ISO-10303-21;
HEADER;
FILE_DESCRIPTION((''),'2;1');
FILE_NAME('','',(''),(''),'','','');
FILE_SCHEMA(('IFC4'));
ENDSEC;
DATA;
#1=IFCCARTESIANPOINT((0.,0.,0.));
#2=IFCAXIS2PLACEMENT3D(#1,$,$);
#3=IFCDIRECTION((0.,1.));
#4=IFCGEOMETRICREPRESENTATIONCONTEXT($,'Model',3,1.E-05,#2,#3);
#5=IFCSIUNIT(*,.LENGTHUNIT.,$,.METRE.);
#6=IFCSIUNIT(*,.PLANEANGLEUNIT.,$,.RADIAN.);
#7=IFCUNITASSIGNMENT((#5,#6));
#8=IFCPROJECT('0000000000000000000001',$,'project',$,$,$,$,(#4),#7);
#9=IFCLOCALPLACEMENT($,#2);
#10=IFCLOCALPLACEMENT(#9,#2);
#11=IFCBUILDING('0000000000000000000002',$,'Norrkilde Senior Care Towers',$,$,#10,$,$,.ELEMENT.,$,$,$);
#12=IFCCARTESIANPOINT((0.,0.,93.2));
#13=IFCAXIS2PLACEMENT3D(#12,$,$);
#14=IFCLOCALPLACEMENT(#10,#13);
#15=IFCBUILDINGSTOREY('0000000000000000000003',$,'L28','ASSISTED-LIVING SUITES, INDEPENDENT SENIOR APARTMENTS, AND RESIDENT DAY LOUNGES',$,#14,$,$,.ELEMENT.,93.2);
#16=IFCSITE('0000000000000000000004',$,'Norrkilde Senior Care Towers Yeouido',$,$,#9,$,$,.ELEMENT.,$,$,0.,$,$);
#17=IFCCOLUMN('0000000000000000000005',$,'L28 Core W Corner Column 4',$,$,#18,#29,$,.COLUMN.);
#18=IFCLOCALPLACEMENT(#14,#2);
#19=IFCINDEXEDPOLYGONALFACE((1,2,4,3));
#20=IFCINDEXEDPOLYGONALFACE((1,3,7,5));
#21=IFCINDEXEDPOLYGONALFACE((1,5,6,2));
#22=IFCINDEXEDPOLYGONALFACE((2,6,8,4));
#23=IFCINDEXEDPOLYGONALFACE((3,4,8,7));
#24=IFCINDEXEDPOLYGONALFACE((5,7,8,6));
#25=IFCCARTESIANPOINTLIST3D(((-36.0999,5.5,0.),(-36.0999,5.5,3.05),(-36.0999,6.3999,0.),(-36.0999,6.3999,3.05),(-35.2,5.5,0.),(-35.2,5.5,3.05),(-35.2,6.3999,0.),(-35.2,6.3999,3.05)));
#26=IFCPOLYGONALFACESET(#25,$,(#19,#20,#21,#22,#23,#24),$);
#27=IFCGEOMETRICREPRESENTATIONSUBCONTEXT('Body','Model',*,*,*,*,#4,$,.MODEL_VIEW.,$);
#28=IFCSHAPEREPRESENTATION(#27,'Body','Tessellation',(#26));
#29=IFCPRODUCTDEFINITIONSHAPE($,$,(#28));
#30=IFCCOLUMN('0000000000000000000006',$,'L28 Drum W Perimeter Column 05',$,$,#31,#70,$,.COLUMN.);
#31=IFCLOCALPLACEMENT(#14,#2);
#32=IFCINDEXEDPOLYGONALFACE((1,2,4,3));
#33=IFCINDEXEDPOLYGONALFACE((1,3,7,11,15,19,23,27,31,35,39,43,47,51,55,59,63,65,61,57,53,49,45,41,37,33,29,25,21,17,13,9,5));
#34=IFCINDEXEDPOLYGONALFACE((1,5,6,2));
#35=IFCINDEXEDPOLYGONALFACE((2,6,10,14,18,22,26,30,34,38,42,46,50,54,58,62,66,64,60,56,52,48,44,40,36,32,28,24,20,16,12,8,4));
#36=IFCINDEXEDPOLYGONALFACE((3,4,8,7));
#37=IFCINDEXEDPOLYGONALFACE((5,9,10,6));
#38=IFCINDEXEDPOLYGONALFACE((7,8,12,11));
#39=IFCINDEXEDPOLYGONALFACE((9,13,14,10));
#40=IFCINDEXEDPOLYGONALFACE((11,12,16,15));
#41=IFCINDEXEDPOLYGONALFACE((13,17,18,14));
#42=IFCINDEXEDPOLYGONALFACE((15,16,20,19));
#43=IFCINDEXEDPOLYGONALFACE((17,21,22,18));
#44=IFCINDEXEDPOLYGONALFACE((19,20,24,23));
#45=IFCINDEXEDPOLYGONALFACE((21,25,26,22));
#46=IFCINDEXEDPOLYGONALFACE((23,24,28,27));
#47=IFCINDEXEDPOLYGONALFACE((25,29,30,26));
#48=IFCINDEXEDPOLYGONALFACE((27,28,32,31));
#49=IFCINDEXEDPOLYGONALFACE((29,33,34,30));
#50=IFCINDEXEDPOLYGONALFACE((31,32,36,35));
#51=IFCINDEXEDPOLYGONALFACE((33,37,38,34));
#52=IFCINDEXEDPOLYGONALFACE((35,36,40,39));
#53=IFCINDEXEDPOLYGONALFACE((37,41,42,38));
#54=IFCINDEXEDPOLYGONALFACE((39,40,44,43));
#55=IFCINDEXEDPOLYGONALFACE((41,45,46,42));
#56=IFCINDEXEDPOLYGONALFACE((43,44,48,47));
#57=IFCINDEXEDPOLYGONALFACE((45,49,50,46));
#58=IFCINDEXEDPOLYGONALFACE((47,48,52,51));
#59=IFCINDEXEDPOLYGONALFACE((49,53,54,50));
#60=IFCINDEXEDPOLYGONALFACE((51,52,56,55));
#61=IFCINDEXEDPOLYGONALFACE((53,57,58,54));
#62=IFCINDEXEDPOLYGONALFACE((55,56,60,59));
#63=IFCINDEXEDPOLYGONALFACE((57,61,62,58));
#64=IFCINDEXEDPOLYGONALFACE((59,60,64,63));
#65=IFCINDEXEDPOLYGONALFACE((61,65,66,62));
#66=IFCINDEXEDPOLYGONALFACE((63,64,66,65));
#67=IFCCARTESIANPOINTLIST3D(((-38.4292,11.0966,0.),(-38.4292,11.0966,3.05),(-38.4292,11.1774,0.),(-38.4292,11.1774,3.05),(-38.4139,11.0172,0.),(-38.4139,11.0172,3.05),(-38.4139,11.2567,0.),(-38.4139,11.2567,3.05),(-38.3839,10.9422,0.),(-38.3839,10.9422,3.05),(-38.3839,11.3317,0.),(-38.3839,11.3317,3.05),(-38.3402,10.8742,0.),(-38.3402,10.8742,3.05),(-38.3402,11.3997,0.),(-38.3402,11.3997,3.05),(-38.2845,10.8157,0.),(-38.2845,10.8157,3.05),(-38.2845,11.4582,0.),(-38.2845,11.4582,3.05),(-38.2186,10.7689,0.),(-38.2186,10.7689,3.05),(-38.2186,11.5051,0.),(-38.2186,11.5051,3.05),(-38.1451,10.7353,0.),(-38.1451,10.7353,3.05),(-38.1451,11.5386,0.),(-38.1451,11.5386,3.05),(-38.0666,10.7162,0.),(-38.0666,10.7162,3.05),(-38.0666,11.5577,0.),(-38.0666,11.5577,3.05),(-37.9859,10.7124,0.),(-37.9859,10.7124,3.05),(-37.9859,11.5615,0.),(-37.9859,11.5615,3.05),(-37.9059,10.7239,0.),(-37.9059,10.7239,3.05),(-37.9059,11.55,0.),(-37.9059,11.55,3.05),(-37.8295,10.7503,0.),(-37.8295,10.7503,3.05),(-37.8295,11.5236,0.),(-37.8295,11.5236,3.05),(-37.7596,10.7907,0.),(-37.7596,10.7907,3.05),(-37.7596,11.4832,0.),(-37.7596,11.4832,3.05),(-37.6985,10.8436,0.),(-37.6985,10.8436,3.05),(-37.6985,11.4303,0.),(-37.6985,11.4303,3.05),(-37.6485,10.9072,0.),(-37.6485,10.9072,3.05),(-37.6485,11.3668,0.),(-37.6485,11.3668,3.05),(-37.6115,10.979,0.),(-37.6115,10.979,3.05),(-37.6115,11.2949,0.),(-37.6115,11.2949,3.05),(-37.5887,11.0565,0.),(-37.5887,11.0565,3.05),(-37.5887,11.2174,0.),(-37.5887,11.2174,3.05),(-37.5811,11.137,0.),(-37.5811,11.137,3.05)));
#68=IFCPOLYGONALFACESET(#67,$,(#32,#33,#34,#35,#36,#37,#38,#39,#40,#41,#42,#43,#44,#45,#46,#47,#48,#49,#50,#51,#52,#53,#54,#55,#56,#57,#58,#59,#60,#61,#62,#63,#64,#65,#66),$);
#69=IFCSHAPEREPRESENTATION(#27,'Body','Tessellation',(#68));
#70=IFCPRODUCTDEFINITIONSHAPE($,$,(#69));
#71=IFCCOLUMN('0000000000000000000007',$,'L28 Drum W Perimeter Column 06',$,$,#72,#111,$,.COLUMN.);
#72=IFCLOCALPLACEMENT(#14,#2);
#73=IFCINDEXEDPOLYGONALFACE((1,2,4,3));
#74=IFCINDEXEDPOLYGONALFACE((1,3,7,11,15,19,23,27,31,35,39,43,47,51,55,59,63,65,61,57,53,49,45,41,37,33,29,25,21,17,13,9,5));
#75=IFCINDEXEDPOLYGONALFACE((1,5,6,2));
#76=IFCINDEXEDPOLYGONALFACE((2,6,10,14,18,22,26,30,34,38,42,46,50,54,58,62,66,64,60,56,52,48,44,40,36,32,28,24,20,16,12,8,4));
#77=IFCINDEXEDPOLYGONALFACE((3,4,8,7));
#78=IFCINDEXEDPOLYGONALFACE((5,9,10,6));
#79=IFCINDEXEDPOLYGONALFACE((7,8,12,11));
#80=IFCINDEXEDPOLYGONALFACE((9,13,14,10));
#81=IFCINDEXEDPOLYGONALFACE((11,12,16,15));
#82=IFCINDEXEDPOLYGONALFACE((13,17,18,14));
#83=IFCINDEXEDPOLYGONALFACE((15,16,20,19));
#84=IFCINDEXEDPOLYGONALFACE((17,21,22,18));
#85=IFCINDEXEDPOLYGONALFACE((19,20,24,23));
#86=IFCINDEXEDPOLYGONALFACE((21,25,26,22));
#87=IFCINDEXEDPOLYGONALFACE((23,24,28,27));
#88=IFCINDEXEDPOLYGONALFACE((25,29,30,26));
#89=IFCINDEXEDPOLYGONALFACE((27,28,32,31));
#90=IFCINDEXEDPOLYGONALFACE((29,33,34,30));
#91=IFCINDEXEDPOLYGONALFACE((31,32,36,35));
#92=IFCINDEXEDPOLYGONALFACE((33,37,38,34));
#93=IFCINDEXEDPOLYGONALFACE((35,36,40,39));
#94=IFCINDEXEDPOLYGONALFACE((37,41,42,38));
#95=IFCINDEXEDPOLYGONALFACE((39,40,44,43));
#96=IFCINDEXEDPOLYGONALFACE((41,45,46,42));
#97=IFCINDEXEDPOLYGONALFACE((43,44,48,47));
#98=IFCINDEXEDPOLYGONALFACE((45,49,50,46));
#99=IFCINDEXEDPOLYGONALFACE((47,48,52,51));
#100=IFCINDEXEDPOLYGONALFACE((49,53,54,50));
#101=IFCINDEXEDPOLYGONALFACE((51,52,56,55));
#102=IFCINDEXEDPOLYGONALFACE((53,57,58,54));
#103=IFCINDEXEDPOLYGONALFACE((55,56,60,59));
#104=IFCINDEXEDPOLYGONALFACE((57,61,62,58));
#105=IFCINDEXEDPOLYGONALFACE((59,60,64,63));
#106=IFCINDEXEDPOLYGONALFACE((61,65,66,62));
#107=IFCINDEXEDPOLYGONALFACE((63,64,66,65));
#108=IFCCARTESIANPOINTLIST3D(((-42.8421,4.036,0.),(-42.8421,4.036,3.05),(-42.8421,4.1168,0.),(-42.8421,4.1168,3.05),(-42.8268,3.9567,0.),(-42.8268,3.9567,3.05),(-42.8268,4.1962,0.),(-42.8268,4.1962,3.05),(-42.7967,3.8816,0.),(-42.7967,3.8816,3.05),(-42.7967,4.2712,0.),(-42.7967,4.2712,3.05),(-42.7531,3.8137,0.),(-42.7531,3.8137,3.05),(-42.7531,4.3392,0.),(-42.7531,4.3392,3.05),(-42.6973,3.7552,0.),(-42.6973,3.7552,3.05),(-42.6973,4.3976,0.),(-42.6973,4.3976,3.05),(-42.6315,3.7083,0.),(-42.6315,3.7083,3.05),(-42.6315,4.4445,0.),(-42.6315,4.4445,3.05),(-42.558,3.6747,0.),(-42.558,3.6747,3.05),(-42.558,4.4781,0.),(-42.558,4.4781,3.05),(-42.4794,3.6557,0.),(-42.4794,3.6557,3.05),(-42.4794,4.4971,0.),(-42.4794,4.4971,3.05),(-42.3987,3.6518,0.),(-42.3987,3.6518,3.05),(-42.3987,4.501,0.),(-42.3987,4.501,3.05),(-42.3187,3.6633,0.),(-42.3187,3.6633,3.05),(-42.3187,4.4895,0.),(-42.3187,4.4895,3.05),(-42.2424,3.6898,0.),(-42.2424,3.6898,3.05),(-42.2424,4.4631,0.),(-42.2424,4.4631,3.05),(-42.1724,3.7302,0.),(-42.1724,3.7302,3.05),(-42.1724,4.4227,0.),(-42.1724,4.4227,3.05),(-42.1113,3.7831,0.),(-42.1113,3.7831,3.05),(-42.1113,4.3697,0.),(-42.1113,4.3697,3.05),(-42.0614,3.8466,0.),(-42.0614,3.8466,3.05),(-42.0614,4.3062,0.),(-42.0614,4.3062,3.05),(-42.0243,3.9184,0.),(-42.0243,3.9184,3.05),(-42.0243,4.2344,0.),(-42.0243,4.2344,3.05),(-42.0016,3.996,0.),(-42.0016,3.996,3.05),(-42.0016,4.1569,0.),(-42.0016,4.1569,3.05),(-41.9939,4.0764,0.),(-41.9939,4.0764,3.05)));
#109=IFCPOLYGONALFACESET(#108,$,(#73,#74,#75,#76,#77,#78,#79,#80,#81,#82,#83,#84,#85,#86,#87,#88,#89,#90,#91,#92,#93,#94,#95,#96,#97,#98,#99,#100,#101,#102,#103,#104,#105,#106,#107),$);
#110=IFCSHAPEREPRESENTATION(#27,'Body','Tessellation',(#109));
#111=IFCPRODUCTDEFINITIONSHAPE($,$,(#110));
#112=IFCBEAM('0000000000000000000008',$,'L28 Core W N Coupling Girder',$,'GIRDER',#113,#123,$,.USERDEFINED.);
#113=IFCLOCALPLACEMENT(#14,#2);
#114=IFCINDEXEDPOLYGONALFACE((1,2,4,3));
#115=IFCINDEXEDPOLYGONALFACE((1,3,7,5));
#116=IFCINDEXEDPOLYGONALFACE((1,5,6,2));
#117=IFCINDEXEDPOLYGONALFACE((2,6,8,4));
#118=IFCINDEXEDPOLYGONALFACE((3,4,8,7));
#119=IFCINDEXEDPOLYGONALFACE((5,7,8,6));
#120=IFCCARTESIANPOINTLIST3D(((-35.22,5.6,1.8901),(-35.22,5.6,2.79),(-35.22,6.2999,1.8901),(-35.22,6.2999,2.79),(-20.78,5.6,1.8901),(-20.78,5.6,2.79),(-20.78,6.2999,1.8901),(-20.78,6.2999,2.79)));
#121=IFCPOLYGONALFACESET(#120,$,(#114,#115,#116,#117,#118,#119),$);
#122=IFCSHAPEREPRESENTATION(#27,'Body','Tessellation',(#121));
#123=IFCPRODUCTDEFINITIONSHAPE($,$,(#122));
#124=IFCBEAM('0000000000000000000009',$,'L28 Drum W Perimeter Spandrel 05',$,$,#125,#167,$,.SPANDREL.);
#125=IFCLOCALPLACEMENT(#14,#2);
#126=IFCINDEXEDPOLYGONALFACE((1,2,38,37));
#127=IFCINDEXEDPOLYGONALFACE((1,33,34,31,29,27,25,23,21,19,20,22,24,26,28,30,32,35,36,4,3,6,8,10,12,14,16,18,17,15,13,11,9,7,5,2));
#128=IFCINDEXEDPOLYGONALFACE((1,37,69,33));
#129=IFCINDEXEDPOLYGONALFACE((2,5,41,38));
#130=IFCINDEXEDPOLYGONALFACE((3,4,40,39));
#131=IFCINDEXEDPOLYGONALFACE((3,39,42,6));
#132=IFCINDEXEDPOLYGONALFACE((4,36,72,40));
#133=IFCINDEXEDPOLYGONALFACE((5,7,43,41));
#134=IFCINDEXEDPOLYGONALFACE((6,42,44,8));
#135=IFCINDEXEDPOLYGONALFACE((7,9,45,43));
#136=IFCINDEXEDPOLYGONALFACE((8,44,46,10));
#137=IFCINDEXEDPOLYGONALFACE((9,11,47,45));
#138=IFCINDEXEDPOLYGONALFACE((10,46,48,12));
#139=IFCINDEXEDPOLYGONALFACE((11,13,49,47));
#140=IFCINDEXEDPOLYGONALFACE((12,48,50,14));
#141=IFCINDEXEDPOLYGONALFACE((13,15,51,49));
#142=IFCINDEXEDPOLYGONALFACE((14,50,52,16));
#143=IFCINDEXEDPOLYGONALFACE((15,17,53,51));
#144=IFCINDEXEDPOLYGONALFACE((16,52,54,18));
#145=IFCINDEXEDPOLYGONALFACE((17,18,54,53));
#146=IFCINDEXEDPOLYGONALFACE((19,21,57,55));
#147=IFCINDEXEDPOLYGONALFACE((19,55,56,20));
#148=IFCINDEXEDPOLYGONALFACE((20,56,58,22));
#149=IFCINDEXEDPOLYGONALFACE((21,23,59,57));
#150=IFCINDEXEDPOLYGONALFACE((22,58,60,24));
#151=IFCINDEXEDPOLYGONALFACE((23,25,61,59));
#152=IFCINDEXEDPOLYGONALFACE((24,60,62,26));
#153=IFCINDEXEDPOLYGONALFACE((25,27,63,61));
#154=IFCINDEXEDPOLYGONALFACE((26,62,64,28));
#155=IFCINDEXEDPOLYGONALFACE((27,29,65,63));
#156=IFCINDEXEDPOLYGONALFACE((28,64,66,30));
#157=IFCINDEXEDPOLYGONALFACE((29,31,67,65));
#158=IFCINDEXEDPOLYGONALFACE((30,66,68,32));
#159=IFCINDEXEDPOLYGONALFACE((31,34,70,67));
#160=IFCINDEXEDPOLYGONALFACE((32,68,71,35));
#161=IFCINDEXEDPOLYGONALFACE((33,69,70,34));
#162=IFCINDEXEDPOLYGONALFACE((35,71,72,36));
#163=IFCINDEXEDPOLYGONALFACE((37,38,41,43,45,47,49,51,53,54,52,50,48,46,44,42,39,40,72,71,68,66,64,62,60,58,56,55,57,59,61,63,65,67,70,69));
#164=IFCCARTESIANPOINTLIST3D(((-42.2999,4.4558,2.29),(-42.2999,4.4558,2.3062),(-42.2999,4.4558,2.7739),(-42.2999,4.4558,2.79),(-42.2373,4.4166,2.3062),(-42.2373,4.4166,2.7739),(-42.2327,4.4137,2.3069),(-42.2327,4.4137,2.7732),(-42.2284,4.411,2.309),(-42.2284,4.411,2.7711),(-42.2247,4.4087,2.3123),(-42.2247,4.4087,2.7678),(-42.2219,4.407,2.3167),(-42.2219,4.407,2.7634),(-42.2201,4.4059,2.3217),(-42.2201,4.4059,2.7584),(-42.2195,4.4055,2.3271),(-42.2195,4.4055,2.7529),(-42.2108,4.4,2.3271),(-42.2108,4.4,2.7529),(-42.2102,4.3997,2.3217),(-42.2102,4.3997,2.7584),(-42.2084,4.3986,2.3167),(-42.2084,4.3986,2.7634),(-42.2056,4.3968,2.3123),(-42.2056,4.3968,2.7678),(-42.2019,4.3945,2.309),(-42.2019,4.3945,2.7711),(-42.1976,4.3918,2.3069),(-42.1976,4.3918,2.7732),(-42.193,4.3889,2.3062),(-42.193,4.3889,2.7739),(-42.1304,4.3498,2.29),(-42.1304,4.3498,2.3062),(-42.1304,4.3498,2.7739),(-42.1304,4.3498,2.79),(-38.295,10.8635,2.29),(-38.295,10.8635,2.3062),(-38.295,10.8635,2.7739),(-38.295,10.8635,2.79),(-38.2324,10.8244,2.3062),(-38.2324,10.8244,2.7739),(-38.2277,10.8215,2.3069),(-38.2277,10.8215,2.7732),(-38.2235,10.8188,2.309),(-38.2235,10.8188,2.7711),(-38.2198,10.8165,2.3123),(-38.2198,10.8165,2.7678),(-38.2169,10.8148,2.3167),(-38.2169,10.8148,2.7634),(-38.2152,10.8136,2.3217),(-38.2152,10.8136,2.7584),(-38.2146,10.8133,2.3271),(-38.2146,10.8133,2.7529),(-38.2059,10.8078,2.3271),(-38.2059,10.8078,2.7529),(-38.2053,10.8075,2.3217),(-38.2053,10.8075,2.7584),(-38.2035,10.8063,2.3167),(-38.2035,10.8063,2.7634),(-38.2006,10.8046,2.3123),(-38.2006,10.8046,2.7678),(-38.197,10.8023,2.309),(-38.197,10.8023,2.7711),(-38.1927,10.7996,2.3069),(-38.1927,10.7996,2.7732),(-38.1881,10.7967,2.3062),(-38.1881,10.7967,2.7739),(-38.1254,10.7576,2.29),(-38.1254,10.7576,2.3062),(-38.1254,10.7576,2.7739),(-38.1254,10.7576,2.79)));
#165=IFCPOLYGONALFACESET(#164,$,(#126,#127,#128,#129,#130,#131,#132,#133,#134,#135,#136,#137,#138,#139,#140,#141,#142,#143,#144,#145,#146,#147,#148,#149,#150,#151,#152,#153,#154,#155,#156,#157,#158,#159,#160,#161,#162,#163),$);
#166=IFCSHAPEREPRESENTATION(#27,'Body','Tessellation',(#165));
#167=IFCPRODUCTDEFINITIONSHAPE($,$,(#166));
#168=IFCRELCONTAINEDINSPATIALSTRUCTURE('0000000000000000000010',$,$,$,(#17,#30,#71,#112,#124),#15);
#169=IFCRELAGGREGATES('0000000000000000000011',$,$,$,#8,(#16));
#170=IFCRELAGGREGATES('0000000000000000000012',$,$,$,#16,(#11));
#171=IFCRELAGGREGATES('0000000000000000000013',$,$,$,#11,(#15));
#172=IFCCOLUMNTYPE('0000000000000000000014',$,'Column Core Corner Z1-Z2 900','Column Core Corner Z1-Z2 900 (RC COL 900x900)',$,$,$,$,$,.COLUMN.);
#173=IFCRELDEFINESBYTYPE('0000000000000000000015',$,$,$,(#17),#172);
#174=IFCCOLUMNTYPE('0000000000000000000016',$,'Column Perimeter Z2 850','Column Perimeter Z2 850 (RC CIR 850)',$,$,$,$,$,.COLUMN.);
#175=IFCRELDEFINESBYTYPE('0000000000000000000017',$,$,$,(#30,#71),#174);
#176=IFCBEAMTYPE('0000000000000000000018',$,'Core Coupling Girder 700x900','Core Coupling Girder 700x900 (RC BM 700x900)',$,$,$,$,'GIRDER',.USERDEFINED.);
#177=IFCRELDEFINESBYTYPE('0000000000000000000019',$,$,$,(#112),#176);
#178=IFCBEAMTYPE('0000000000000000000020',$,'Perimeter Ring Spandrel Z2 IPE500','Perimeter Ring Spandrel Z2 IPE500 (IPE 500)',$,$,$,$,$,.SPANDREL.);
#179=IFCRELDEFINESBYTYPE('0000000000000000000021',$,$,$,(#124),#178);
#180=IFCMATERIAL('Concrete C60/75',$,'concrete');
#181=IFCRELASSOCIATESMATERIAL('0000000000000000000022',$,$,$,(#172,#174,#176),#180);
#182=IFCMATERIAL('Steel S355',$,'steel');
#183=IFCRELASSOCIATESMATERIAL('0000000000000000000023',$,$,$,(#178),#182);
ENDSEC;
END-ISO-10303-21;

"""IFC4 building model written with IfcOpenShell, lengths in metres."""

from ifc_helpers import new_model, si_unit, direction, frame, origin, origin_2d, place, context, subcontext, project, spatial, rectangle, circle, i_section, extrude, source, transform, mapped, material, material_profile, profile_set, type_object, type_shapes, element, save


model = new_model("IFC4")

# Units and contexts
model_context = context("Model", 3, precision=1e-05, world=origin(), true_north=direction((0.0, 1.0)))
body_context = subcontext(model_context, "Body", "Model", "MODEL_VIEW")
ifc_project = project(units=[si_unit("LENGTHUNIT", "METRE"), si_unit("PLANEANGLEUNIT", "RADIAN")], contexts=[model_context])

# Site, building, storey
site_placement = place(None, origin())
site = spatial("IfcSite", under=ifc_project, at=site_placement, Name="Norrkilde Senior Care Towers Yeouido", CompositionType="ELEMENT", RefElevation=0.0)
building_placement = place(site_placement, origin())
building = spatial("IfcBuilding", under=site, at=building_placement, Name="Norrkilde Senior Care Towers", CompositionType="ELEMENT")
storey_placement = place(building_placement, frame((0.0, 0.0, 93.2)))
storey = spatial("IfcBuildingStorey", under=building, at=storey_placement, Name="L28", Description="ASSISTED-LIVING SUITES, INDEPENDENT SENIOR APARTMENTS, AND RESIDENT DAY LOUNGES", CompositionType="ELEMENT", Elevation=93.2)

# Columns
ifc_material_1 = material(Name="Concrete C60/75", Category="concrete")
ifc_material_profile_1 = material_profile(ifc_material_1, rectangle(XDim=0.8999, YDim=0.8999, at=origin_2d()), Name="RC COL 900x900")
ifc_profile_set_1 = profile_set([ifc_material_profile_1], Name="Concrete C60/75")
column_type_1 = type_object("IfcColumnType", Name="Column Core Corner Z1-Z2 900", Description="Column Core Corner Z1-Z2 900 (RC COL 900x900)", PredefinedType="COLUMN", material=ifc_profile_set_1)
shared_shape_1 = source(origin(), body_context, "Body", "SweptSolid", [
    extrude(rectangle(XDim=0.8999, YDim=0.8999, at=origin_2d()), origin(), (0.0, 0.0, 1.0), 3.05),
])
type_shapes(column_type_1, [shared_shape_1])
column_placement = place(storey_placement, frame((-35.6499, 5.95, 0.0), z_axis=(0.0, 0.0, 1.0), x_axis=(1.0, 0.0, 0.0)))
element("IfcColumn", 1, at=column_placement, inside=storey, type_object=column_type_1, Name="L28 Core W Corner Column 4", PredefinedType="COLUMN", context=body_context, shape_type="MappedRepresentation", body=[
    mapped(shared_shape_1, transform((0.0, 0.0, 0.0), x_axis=(1.0, 0.0, 0.0), y_axis=(0.0, 1.0, 0.0), z_axis=(0.0, 0.0, 1.0), scale=1.0)),
])
ifc_material_profile_2 = material_profile(ifc_material_1, circle(Radius=0.425, at=origin_2d()), Name="RC CIR 850")
ifc_profile_set_2 = profile_set([ifc_material_profile_2], Name="Concrete C60/75")
column_type_2 = type_object("IfcColumnType", Name="Column Perimeter Z2 850", Description="Column Perimeter Z2 850 (RC CIR 850)", PredefinedType="COLUMN", material=ifc_profile_set_2)
shared_shape_2 = source(origin(), body_context, "Body", "SweptSolid", [
    extrude(circle(Radius=0.425, at=origin_2d()), origin(), (0.0, 0.0, 1.0), 3.05),
])
type_shapes(column_type_2, [shared_shape_2])
for number, where, z_axis, x_axis, name in (
    (2, (-38.0061, 11.137, 0.0), (0.0, 0.0, 1.0), (1.0, 0.0, 0.0), "L28 Drum W Perimeter Column 05"),
    (3, (-42.4189, 4.0764, 0.0), (0.0, 0.0, 1.0), (1.0, 0.0, 0.0), "L28 Drum W Perimeter Column 06"),
):
    element("IfcColumn", number, at=place(storey_placement, frame(where, z_axis=z_axis, x_axis=x_axis)), inside=storey, type_object=column_type_2, Name=name, PredefinedType="COLUMN", context=body_context, shape_type="MappedRepresentation", body=[
        mapped(shared_shape_2, transform((0.0, 0.0, 0.0), x_axis=(1.0, 0.0, 0.0), y_axis=(0.0, 1.0, 0.0), z_axis=(0.0, 0.0, 1.0), scale=1.0)),
    ])

# Beams
ifc_material_profile_3 = material_profile(ifc_material_1, rectangle(XDim=0.7, YDim=0.8999, at=origin_2d()), Name="RC BM 700x900")
ifc_profile_set_3 = profile_set([ifc_material_profile_3], Name="Concrete C60/75")
beam_type_1 = type_object("IfcBeamType", Name="Core Coupling Girder 700x900", Description="Core Coupling Girder 700x900 (RC BM 700x900)", ElementType="GIRDER", PredefinedType="USERDEFINED", material=ifc_profile_set_3)
shared_shape_3 = source(origin(), body_context, "Body", "SweptSolid", [
    extrude(rectangle(XDim=0.7, YDim=0.8999, at=origin_2d()), origin(), (0.0, 0.0, 1.0), 14.4399),
])
type_shapes(beam_type_1, [shared_shape_3])
beam_1_placement = place(storey_placement, frame((-35.22, 5.95, 2.3401), z_axis=(1.0, 0.0, 0.0), x_axis=(0.0, 1.0, 0.0)))
element("IfcBeam", 4, at=beam_1_placement, inside=storey, type_object=beam_type_1, Name="L28 Core W N Coupling Girder", ObjectType="GIRDER", PredefinedType="USERDEFINED", context=body_context, shape_type="MappedRepresentation", body=[
    mapped(shared_shape_3, transform((0.0, 0.0, 0.0), x_axis=(1.0, 0.0, 0.0), y_axis=(0.0, 1.0, 0.0), z_axis=(0.0, 0.0, 1.0), scale=1.0)),
])
ifc_material_2 = material(Name="Steel S355", Category="steel")
ifc_material_profile_4 = material_profile(ifc_material_2, i_section(OverallWidth=0.2, OverallDepth=0.5, WebThickness=0.0103, FlangeThickness=0.0161, FilletRadius=0.021, at=origin_2d()), Name="IPE 500")
ifc_profile_set_4 = profile_set([ifc_material_profile_4], Name="Steel S355")
beam_type_2 = type_object("IfcBeamType", Name="Perimeter Ring Spandrel Z2 IPE500", Description="Perimeter Ring Spandrel Z2 IPE500 (IPE 500)", PredefinedType="SPANDREL", material=ifc_profile_set_4)
shared_shape_4 = source(origin(), body_context, "Body", "SweptSolid", [
    extrude(i_section(OverallWidth=0.2, OverallDepth=0.5, WebThickness=0.0103, FlangeThickness=0.0161, FilletRadius=0.021, at=origin_2d()), origin(), (0.0, 0.0, 1.0), 7.5564),
])
beam_2_placement = place(storey_placement, frame((-38.2102, 10.8105, 2.54), z_axis=(-0.530005, -0.847995, 0.0), x_axis=(0.847995, -0.530005, 0.0)))
element("IfcBeam", 5, at=beam_2_placement, inside=storey, type_object=beam_type_2, Name="L28 Drum W Perimeter Spandrel 05", PredefinedType="SPANDREL", context=body_context, shape_type="MappedRepresentation", body=[
    mapped(shared_shape_4, transform((0.0, 0.0, 0.0), x_axis=(1.0, 0.0, 0.0), y_axis=(0.0, 1.0, 0.0), z_axis=(0.0, 0.0, 1.0), scale=1.0)),
])

save(model, "model.ifc")
